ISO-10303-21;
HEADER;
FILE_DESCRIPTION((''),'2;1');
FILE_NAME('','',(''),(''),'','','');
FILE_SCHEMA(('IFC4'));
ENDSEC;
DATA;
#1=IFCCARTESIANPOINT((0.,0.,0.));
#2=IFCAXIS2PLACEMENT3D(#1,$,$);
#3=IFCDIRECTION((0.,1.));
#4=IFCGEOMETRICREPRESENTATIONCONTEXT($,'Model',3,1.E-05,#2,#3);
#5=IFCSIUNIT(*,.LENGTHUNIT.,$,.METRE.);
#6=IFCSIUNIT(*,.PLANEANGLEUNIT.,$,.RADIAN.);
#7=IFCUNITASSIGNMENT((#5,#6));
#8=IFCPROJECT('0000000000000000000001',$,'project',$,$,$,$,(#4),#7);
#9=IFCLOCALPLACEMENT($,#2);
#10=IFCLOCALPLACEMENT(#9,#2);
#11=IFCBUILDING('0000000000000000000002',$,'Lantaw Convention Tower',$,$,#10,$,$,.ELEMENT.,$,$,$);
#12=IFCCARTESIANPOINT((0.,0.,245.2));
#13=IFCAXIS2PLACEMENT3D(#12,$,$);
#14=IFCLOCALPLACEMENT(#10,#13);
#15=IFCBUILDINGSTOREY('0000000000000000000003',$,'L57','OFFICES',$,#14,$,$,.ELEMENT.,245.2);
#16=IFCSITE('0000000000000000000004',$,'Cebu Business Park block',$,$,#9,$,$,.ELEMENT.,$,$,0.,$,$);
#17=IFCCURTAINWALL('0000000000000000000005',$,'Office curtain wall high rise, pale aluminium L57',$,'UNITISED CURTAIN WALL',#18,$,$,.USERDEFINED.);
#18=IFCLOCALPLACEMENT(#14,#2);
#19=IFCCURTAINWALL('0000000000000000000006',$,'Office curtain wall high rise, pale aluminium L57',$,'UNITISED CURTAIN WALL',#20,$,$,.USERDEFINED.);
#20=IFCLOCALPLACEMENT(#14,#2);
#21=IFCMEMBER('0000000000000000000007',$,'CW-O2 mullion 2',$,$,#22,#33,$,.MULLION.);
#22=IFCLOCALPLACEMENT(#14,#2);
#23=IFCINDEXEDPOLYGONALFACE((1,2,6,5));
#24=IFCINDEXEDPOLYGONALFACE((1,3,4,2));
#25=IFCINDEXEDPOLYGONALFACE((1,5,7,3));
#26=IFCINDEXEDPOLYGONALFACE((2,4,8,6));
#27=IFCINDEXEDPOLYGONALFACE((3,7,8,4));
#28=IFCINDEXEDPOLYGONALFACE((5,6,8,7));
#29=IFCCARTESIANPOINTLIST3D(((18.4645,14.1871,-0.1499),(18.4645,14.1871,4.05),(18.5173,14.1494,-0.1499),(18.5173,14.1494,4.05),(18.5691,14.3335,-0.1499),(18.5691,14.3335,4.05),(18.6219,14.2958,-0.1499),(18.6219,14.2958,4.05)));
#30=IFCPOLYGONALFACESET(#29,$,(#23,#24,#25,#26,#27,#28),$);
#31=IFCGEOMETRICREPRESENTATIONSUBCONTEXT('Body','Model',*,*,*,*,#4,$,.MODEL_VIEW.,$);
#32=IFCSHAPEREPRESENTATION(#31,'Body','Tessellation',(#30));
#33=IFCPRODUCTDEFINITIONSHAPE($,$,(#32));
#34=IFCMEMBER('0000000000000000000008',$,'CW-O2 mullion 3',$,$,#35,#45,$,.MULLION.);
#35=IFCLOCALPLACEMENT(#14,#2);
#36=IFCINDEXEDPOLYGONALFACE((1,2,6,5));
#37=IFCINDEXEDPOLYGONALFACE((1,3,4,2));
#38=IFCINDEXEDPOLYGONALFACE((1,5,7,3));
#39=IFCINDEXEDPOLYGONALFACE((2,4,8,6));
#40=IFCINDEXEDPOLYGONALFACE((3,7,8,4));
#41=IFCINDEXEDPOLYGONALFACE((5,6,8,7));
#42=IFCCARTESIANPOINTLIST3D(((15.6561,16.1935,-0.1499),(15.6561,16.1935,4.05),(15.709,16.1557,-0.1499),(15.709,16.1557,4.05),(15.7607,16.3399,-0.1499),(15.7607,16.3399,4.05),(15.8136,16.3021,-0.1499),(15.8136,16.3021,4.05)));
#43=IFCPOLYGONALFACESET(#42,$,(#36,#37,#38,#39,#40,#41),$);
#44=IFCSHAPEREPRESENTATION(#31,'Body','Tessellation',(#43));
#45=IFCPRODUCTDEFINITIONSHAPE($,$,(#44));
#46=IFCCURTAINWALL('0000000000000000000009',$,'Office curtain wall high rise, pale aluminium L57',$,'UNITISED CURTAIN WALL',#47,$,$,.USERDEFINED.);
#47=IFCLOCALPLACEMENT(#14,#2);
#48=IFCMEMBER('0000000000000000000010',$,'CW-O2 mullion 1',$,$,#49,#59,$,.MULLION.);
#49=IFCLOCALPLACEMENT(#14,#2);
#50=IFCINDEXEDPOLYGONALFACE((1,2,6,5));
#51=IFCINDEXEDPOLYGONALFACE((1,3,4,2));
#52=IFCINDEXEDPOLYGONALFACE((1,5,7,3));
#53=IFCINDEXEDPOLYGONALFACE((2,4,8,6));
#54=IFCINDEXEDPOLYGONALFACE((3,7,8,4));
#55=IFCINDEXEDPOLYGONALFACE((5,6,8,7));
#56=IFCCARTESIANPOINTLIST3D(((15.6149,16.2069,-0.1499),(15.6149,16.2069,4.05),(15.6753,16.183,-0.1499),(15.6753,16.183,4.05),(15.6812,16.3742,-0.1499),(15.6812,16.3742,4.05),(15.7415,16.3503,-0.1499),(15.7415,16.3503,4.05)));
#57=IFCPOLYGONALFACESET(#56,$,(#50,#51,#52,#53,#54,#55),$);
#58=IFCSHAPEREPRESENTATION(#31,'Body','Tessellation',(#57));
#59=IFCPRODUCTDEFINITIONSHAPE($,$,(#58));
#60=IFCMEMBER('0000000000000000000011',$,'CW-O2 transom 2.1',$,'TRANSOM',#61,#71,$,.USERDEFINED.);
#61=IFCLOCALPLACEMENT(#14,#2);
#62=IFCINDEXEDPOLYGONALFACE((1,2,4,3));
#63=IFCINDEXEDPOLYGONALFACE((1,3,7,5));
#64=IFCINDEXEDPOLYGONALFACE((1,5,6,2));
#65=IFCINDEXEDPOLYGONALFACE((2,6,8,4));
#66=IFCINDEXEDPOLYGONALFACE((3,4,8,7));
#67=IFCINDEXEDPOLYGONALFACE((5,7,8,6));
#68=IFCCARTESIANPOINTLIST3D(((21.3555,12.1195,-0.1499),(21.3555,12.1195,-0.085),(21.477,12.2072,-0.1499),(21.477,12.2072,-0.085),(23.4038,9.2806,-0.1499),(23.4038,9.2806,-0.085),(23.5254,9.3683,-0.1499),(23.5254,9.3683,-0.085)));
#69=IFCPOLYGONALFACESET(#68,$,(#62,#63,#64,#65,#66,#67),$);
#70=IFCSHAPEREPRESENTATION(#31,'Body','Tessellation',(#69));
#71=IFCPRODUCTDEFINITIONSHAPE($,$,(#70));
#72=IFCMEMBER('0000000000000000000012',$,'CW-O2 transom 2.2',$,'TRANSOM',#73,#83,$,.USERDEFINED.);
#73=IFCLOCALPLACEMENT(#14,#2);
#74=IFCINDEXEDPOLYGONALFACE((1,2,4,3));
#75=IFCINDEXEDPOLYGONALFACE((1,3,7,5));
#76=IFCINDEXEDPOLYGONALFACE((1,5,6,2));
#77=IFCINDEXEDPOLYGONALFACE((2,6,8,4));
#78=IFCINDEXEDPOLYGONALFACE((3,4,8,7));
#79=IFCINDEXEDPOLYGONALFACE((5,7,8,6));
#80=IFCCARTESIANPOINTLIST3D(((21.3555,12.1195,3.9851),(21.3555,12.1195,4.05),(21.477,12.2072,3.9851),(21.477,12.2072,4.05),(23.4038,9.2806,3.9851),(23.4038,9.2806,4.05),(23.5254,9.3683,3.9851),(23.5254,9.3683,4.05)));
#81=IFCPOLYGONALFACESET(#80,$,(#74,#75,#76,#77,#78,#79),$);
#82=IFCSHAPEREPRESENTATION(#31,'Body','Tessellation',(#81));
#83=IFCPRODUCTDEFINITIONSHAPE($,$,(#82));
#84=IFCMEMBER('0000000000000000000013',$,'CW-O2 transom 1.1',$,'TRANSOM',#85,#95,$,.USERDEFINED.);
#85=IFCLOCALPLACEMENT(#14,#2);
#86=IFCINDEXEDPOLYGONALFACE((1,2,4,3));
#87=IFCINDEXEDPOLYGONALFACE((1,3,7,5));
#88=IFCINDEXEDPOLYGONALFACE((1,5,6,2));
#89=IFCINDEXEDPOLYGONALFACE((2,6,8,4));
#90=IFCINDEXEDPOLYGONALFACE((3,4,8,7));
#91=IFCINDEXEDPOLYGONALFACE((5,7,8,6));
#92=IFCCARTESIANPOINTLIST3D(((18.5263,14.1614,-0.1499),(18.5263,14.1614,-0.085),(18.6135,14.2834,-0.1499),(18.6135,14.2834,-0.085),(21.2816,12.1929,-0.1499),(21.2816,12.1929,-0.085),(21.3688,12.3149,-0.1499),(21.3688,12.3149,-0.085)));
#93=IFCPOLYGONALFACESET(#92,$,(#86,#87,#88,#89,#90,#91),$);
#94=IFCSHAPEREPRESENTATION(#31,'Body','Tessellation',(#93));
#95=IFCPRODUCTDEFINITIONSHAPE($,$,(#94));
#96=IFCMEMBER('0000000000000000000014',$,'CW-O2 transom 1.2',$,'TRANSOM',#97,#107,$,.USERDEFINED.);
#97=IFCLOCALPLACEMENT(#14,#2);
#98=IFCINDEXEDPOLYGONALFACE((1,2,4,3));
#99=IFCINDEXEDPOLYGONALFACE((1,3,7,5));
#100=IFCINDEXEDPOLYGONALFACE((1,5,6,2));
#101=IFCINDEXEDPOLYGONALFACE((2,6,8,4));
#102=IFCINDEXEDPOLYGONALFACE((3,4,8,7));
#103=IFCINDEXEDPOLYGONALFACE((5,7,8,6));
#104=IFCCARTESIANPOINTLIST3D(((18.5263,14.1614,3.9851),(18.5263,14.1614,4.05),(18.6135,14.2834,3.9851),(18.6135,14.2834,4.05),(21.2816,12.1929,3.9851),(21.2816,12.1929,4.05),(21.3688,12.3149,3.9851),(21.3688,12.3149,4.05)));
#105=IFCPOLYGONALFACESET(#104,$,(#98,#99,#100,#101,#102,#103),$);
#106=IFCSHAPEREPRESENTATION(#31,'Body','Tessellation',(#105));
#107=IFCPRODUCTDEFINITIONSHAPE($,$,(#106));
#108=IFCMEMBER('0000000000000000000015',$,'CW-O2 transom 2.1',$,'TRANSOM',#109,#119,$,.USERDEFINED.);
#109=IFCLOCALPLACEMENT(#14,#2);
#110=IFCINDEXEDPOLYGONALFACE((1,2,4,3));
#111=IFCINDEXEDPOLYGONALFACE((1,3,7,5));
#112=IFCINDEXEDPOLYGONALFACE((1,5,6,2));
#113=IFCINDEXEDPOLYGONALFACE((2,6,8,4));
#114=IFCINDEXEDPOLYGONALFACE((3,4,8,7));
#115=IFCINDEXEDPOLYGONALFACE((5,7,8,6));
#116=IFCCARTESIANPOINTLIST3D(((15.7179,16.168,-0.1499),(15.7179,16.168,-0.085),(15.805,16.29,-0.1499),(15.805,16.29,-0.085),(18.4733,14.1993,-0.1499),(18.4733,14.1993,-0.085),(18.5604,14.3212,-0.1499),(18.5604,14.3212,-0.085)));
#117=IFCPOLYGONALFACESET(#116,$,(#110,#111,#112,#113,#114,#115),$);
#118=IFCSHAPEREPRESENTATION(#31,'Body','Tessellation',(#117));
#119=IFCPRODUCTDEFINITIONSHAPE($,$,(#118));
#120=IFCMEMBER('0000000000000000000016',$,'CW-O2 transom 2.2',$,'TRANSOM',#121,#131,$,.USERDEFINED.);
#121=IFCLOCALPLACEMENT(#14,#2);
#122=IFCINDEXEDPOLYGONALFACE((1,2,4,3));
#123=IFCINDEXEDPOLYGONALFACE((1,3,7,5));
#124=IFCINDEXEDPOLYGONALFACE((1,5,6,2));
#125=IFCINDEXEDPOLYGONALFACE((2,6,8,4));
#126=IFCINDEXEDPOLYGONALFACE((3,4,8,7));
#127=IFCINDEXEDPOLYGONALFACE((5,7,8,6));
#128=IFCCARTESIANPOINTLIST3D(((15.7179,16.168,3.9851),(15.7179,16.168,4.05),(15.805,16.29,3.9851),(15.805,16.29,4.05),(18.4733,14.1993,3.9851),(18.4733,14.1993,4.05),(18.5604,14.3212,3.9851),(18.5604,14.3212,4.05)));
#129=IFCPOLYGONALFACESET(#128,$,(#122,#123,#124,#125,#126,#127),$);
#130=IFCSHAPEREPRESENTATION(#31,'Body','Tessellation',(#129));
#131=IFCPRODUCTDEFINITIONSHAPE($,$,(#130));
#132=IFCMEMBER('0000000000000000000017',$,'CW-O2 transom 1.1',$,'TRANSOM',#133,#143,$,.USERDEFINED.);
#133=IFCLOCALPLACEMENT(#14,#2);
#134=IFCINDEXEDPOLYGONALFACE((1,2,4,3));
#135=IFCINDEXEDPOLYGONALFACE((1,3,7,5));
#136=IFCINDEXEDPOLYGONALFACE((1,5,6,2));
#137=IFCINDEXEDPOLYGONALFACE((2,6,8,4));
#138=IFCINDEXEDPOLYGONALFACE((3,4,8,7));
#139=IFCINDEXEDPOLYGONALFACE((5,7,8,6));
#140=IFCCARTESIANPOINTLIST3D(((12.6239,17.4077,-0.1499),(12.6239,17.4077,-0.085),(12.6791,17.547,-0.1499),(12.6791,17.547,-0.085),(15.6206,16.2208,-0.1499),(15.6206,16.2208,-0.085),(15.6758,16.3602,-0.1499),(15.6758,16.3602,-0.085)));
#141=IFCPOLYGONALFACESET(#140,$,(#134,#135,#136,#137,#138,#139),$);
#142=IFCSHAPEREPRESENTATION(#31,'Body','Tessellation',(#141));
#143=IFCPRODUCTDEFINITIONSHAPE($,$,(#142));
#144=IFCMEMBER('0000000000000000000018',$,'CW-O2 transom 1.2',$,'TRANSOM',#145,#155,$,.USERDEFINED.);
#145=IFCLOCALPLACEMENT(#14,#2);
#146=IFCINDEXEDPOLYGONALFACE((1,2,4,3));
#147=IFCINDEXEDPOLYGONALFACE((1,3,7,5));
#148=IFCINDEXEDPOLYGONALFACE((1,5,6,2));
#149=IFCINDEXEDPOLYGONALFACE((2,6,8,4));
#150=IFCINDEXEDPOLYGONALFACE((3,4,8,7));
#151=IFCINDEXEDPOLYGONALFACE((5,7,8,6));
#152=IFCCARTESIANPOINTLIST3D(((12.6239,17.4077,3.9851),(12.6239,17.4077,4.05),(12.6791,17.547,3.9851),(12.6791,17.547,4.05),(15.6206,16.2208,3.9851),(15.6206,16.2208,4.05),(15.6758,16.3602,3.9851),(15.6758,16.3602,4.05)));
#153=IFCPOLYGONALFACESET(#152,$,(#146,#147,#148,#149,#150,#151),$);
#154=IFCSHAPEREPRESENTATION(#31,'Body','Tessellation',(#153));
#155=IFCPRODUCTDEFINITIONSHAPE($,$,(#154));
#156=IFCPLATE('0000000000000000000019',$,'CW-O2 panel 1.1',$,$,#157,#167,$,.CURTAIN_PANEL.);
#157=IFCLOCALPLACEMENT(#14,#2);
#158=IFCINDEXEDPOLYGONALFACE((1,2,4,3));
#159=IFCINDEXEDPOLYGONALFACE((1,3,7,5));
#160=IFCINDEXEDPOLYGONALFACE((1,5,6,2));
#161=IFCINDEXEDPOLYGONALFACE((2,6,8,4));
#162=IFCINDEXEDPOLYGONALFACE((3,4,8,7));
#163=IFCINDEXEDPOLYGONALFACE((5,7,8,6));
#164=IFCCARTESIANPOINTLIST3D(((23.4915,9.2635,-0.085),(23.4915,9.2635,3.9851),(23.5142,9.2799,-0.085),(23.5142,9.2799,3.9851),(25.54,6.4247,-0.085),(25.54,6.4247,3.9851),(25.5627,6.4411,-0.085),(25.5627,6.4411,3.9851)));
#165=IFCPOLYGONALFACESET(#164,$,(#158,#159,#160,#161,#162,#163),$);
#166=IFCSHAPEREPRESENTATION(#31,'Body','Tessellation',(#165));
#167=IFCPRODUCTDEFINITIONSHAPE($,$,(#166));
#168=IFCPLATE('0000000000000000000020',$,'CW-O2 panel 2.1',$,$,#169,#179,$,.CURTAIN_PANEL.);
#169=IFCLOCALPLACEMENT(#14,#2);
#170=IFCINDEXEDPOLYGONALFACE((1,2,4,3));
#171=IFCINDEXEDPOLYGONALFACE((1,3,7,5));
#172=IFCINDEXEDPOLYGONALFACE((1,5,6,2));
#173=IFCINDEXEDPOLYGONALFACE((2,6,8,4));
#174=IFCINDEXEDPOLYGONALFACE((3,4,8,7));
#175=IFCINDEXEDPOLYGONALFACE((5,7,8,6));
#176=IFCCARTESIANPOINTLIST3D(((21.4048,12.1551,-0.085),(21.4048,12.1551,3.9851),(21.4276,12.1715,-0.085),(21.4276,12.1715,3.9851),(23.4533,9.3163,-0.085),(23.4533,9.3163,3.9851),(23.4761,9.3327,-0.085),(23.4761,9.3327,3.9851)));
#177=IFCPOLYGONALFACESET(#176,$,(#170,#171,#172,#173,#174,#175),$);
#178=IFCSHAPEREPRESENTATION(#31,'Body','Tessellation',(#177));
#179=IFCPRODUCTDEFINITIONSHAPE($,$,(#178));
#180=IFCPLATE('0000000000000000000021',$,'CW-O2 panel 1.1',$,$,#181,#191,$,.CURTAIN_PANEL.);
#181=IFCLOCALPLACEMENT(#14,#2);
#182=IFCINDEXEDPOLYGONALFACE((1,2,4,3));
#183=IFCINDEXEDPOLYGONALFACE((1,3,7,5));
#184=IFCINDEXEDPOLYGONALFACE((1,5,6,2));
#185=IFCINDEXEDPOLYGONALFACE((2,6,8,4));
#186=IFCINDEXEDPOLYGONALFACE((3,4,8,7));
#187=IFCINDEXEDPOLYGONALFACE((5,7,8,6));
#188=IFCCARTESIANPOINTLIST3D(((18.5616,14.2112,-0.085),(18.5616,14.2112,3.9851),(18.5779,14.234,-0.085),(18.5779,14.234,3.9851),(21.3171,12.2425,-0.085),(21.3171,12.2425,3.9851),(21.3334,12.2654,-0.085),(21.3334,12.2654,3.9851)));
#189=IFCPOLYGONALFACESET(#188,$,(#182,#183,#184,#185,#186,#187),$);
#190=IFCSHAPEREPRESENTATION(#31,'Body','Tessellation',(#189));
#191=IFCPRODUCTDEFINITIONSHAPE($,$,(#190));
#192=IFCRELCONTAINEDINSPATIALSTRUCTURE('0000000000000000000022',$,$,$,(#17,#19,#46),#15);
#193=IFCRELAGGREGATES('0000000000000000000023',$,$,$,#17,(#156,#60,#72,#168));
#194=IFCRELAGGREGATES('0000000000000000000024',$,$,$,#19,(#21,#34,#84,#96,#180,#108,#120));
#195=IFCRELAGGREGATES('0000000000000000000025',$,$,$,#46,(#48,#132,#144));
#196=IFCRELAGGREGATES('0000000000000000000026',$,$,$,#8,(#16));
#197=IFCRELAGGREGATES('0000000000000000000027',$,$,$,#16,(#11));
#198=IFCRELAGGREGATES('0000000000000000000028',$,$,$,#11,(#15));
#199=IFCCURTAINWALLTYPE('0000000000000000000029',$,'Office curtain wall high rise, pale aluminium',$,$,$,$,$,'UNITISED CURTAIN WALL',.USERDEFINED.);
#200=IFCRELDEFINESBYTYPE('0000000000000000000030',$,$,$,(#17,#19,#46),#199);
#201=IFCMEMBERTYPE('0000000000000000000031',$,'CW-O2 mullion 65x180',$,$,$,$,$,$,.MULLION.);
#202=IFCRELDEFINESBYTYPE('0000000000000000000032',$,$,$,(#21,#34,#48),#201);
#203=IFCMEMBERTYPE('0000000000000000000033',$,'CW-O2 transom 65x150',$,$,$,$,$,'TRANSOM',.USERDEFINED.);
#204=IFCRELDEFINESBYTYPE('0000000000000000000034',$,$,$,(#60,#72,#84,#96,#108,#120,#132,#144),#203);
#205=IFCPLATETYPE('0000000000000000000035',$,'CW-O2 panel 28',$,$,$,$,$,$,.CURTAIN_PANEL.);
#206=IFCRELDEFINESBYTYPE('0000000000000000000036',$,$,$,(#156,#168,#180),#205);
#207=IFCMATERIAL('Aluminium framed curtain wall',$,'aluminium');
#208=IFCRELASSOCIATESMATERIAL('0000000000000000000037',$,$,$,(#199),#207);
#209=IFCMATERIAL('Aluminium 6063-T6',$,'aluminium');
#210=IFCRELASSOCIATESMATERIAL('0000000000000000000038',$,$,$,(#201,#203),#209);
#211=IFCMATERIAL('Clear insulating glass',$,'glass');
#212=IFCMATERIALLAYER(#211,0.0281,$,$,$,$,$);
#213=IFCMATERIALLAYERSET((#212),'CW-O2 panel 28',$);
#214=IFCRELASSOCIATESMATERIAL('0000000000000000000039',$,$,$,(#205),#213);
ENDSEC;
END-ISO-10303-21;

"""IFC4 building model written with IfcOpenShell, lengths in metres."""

from ifc_helpers import new_model, si_unit, direction, frame, origin, origin_2d, place, context, subcontext, project, spatial, rectangle, extrude, material, layer, layer_set, material_profile, profile_set, type_object, element, aggregate, save


model = new_model("IFC4")

# Units and contexts
model_context = context("Model", 3, precision=1e-05, world=origin(), true_north=direction((0.0, 1.0)))
body_context = subcontext(model_context, "Body", "Model", "MODEL_VIEW")
ifc_project = project(units=[si_unit("LENGTHUNIT", "METRE"), si_unit("PLANEANGLEUNIT", "RADIAN")], contexts=[model_context])

# Site, building, storey
site_placement = place(None, origin())
site = spatial("IfcSite", under=ifc_project, at=site_placement, Name="Cebu Business Park block", CompositionType="ELEMENT", RefElevation=0.0)
building_placement = place(site_placement, origin())
building = spatial("IfcBuilding", under=site, at=building_placement, Name="Lantaw Convention Tower", CompositionType="ELEMENT")
storey_placement = place(building_placement, frame((0.0, 0.0, 245.2)))
storey = spatial("IfcBuildingStorey", under=building, at=storey_placement, Name="L57", Description="OFFICES", CompositionType="ELEMENT", Elevation=245.2)

# Curtain walls, members
ifc_material_1 = material(Name="Aluminium framed curtain wall", Category="aluminium")
curtain_wall_type = type_object("IfcCurtainWallType", Name="Office curtain wall high rise, pale aluminium", ElementType="UNITISED CURTAIN WALL", PredefinedType="USERDEFINED", material=ifc_material_1)
curtain_wall_1_placement = place(storey_placement, origin())
curtain_wall_1 = element("IfcCurtainWall", 1, at=curtain_wall_1_placement, inside=storey, type_object=curtain_wall_type, Name="Office curtain wall high rise, pale aluminium L57", ObjectType="UNITISED CURTAIN WALL", PredefinedType="USERDEFINED")
ifc_material_2 = material(Name="Aluminium 6063-T6", Category="aluminium")
ifc_material_profile_1 = material_profile(ifc_material_2, rectangle(XDim=0.1799, YDim=0.0649, at=origin_2d()), Name="CW-O2 mullion 65x180")
ifc_profile_set_1 = profile_set([ifc_material_profile_1], Name="Aluminium 6063-T6")
member_type_1 = type_object("IfcMemberType", Name="CW-O2 mullion 65x180", PredefinedType="MULLION", material=ifc_profile_set_1)
curtain_wall_2_placement = place(storey_placement, origin())
curtain_wall_2 = element("IfcCurtainWall", 2, at=curtain_wall_2_placement, inside=storey, type_object=curtain_wall_type, Name="Office curtain wall high rise, pale aluminium L57", ObjectType="UNITISED CURTAIN WALL", PredefinedType="USERDEFINED")
member_1_placement = place(storey_placement, frame((18.5432, 14.2415, -0.1499), z_axis=(0.0, 0.0, 1.0), x_axis=(-0.581323, -0.813673, 0.0)))
member_1 = element("IfcMember", 3, at=member_1_placement, type_object=member_type_1, Name="CW-O2 mullion 2", PredefinedType="MULLION", context=body_context, shape_type="SweptSolid", body=[
    extrude(rectangle(XDim=0.1799, YDim=0.0649, at=origin_2d()), origin(), (0.0, 0.0, 1.0), 4.2),
])
member_2_placement = place(storey_placement, frame((15.7349, 16.2478, -0.1499), z_axis=(0.0, 0.0, 1.0), x_axis=(-0.581323, -0.813673, 0.0)))
member_2 = element("IfcMember", 4, at=member_2_placement, type_object=member_type_1, Name="CW-O2 mullion 3", PredefinedType="MULLION", context=body_context, shape_type="SweptSolid", body=[
    extrude(rectangle(XDim=0.1799, YDim=0.0649, at=origin_2d()), origin(), (0.0, 0.0, 1.0), 4.2),
])

# Curtain wall, member
curtain_wall_3_placement = place(storey_placement, origin())
curtain_wall_3 = element("IfcCurtainWall", 5, at=curtain_wall_3_placement, inside=storey, type_object=curtain_wall_type, Name="Office curtain wall high rise, pale aluminium L57", ObjectType="UNITISED CURTAIN WALL", PredefinedType="USERDEFINED")
member_3_placement = place(storey_placement, frame((15.6782, 16.2786, -0.1499), z_axis=(0.0, 0.0, 1.0), x_axis=(-0.368162, -0.929762, 0.0)))
member_3 = element("IfcMember", 6, at=member_3_placement, type_object=member_type_1, Name="CW-O2 mullion 1", PredefinedType="MULLION", context=body_context, shape_type="SweptSolid", body=[
    extrude(rectangle(XDim=0.1799, YDim=0.0649, at=origin_2d()), origin(), (0.0, 0.0, 1.0), 4.2),
])

# Members
ifc_material_profile_2 = material_profile(ifc_material_2, rectangle(XDim=0.1499, YDim=0.0649, at=origin_2d()), Name="CW-O2 transom 65x150")
ifc_profile_set_2 = profile_set([ifc_material_profile_2], Name="Aluminium 6063-T6")
member_type_2 = type_object("IfcMemberType", Name="CW-O2 transom 65x150", ElementType="TRANSOM", PredefinedType="USERDEFINED", material=ifc_profile_set_2)
member_4_placement = place(storey_placement, frame((23.4646, 9.3245, -0.1174), z_axis=(-0.585124, 0.810944, 0.0), x_axis=(-0.810944, -0.585124, 0.0)))
member_4 = element("IfcMember", 7, at=member_4_placement, type_object=member_type_2, Name="CW-O2 transom 2.1", ObjectType="TRANSOM", PredefinedType="USERDEFINED", context=body_context, shape_type="SweptSolid", body=[
    extrude(rectangle(XDim=0.1499, YDim=0.0649, at=origin_2d()), origin(), (0.0, 0.0, 1.0), 3.5007),
])
member_5_placement = place(storey_placement, frame((23.4646, 9.3245, 4.0176), z_axis=(-0.585124, 0.810944, 0.0), x_axis=(-0.810944, -0.585124, 0.0)))
member_5 = element("IfcMember", 8, at=member_5_placement, type_object=member_type_2, Name="CW-O2 transom 2.2", ObjectType="TRANSOM", PredefinedType="USERDEFINED", context=body_context, shape_type="SweptSolid", body=[
    extrude(rectangle(XDim=0.1499, YDim=0.0649, at=origin_2d()), origin(), (0.0, 0.0, 1.0), 3.5007),
])
member_6_placement = place(storey_placement, frame((21.3252, 12.2539, -0.1174), z_axis=(-0.81368, 0.581313, 0.0), x_axis=(-0.581313, -0.81368, 0.0)))
member_6 = element("IfcMember", 9, at=member_6_placement, type_object=member_type_2, Name="CW-O2 transom 1.1", ObjectType="TRANSOM", PredefinedType="USERDEFINED", context=body_context, shape_type="SweptSolid", body=[
    extrude(rectangle(XDim=0.1499, YDim=0.0649, at=origin_2d()), origin(), (0.0, 0.0, 1.0), 3.3862),
])
member_7_placement = place(storey_placement, frame((21.3252, 12.2539, 4.0176), z_axis=(-0.81368, 0.581313, 0.0), x_axis=(-0.581313, -0.81368, 0.0)))
member_7 = element("IfcMember", 10, at=member_7_placement, type_object=member_type_2, Name="CW-O2 transom 1.2", ObjectType="TRANSOM", PredefinedType="USERDEFINED", context=body_context, shape_type="SweptSolid", body=[
    extrude(rectangle(XDim=0.1499, YDim=0.0649, at=origin_2d()), origin(), (0.0, 0.0, 1.0), 3.3862),
])
member_8_placement = place(storey_placement, frame((18.5168, 14.2603, -0.1174), z_axis=(-0.813646, 0.581361, 0.0), x_axis=(-0.581361, -0.813646, 0.0)))
member_8 = element("IfcMember", 11, at=member_8_placement, type_object=member_type_2, Name="CW-O2 transom 2.1", ObjectType="TRANSOM", PredefinedType="USERDEFINED", context=body_context, shape_type="SweptSolid", body=[
    extrude(rectangle(XDim=0.1499, YDim=0.0649, at=origin_2d()), origin(), (0.0, 0.0, 1.0), 3.3865),
])
member_9_placement = place(storey_placement, frame((18.5168, 14.2603, 4.0176), z_axis=(-0.813646, 0.581361, 0.0), x_axis=(-0.581361, -0.813646, 0.0)))
member_9 = element("IfcMember", 12, at=member_9_placement, type_object=member_type_2, Name="CW-O2 transom 2.2", ObjectType="TRANSOM", PredefinedType="USERDEFINED", context=body_context, shape_type="SweptSolid", body=[
    extrude(rectangle(XDim=0.1499, YDim=0.0649, at=origin_2d()), origin(), (0.0, 0.0, 1.0), 3.3865),
])
member_10_placement = place(storey_placement, frame((15.6482, 16.2905, -0.1174), z_axis=(-0.929741, 0.368215, 0.0), x_axis=(-0.368215, -0.929741, 0.0)))
member_10 = element("IfcMember", 13, at=member_10_placement, type_object=member_type_2, Name="CW-O2 transom 1.1", ObjectType="TRANSOM", PredefinedType="USERDEFINED", context=body_context, shape_type="SweptSolid", body=[
    extrude(rectangle(XDim=0.1499, YDim=0.0649, at=origin_2d()), origin(), (0.0, 0.0, 1.0), 3.2231),
])
member_11_placement = place(storey_placement, frame((15.6482, 16.2905, 4.0176), z_axis=(-0.929741, 0.368215, 0.0), x_axis=(-0.368215, -0.929741, 0.0)))
member_11 = element("IfcMember", 14, at=member_11_placement, type_object=member_type_2, Name="CW-O2 transom 1.2", ObjectType="TRANSOM", PredefinedType="USERDEFINED", context=body_context, shape_type="SweptSolid", body=[
    extrude(rectangle(XDim=0.1499, YDim=0.0649, at=origin_2d()), origin(), (0.0, 0.0, 1.0), 3.2231),
])

# Plates
ifc_material_3 = material(Name="Clear insulating glass", Category="glass")
ifc_layer_1 = layer(ifc_material_3, 0.0281)
ifc_layer_set_1 = layer_set([ifc_layer_1], Name="CW-O2 panel 28")
plate_type_1 = type_object("IfcPlateType", Name="CW-O2 panel 28", PredefinedType="CURTAIN_PANEL", material=ifc_layer_set_1)
plate_1_placement = place(storey_placement, frame((24.5271, 7.8523, -0.085), z_axis=(0.0, 0.0, 1.0), x_axis=(-0.585158, 0.81092, 0.0)))
plate_1 = element("IfcPlate", 15, at=plate_1_placement, type_object=plate_type_1, Name="CW-O2 panel 1.1", PredefinedType="CURTAIN_PANEL", context=body_context, shape_type="SweptSolid", body=[
    extrude(rectangle(XDim=3.5007, YDim=0.0281, at=origin_2d()), origin(), (0.0, 0.0, 1.0), 4.0701),
])
plate_2_placement = place(storey_placement, frame((22.4404, 10.7439, -0.085), z_axis=(0.0, 0.0, 1.0), x_axis=(-0.585158, 0.81092, 0.0)))
plate_2 = element("IfcPlate", 16, at=plate_2_placement, type_object=plate_type_1, Name="CW-O2 panel 2.1", PredefinedType="CURTAIN_PANEL", context=body_context, shape_type="SweptSolid", body=[
    extrude(rectangle(XDim=3.5007, YDim=0.0281, at=origin_2d()), origin(), (0.0, 0.0, 1.0), 4.0701),
])
aggregate(curtain_wall_1, [plate_1, member_4, member_5, plate_2])
plate_3_placement = place(storey_placement, frame((19.9475, 13.2383, -0.085), z_axis=(0.0, 0.0, 1.0), x_axis=(-0.813673, 0.581323, 0.0)))
plate_3 = element("IfcPlate", 17, at=plate_3_placement, type_object=plate_type_1, Name="CW-O2 panel 1.1", PredefinedType="CURTAIN_PANEL", context=body_context, shape_type="SweptSolid", body=[
    extrude(rectangle(XDim=3.3865, YDim=0.0281, at=origin_2d()), origin(), (0.0, 0.0, 1.0), 4.0701),
])
aggregate(curtain_wall_2, [member_1, member_2, member_6, member_7, plate_3, member_8, member_9])
aggregate(curtain_wall_3, [member_3, member_10, member_11])

save(model, "model.ifc")
